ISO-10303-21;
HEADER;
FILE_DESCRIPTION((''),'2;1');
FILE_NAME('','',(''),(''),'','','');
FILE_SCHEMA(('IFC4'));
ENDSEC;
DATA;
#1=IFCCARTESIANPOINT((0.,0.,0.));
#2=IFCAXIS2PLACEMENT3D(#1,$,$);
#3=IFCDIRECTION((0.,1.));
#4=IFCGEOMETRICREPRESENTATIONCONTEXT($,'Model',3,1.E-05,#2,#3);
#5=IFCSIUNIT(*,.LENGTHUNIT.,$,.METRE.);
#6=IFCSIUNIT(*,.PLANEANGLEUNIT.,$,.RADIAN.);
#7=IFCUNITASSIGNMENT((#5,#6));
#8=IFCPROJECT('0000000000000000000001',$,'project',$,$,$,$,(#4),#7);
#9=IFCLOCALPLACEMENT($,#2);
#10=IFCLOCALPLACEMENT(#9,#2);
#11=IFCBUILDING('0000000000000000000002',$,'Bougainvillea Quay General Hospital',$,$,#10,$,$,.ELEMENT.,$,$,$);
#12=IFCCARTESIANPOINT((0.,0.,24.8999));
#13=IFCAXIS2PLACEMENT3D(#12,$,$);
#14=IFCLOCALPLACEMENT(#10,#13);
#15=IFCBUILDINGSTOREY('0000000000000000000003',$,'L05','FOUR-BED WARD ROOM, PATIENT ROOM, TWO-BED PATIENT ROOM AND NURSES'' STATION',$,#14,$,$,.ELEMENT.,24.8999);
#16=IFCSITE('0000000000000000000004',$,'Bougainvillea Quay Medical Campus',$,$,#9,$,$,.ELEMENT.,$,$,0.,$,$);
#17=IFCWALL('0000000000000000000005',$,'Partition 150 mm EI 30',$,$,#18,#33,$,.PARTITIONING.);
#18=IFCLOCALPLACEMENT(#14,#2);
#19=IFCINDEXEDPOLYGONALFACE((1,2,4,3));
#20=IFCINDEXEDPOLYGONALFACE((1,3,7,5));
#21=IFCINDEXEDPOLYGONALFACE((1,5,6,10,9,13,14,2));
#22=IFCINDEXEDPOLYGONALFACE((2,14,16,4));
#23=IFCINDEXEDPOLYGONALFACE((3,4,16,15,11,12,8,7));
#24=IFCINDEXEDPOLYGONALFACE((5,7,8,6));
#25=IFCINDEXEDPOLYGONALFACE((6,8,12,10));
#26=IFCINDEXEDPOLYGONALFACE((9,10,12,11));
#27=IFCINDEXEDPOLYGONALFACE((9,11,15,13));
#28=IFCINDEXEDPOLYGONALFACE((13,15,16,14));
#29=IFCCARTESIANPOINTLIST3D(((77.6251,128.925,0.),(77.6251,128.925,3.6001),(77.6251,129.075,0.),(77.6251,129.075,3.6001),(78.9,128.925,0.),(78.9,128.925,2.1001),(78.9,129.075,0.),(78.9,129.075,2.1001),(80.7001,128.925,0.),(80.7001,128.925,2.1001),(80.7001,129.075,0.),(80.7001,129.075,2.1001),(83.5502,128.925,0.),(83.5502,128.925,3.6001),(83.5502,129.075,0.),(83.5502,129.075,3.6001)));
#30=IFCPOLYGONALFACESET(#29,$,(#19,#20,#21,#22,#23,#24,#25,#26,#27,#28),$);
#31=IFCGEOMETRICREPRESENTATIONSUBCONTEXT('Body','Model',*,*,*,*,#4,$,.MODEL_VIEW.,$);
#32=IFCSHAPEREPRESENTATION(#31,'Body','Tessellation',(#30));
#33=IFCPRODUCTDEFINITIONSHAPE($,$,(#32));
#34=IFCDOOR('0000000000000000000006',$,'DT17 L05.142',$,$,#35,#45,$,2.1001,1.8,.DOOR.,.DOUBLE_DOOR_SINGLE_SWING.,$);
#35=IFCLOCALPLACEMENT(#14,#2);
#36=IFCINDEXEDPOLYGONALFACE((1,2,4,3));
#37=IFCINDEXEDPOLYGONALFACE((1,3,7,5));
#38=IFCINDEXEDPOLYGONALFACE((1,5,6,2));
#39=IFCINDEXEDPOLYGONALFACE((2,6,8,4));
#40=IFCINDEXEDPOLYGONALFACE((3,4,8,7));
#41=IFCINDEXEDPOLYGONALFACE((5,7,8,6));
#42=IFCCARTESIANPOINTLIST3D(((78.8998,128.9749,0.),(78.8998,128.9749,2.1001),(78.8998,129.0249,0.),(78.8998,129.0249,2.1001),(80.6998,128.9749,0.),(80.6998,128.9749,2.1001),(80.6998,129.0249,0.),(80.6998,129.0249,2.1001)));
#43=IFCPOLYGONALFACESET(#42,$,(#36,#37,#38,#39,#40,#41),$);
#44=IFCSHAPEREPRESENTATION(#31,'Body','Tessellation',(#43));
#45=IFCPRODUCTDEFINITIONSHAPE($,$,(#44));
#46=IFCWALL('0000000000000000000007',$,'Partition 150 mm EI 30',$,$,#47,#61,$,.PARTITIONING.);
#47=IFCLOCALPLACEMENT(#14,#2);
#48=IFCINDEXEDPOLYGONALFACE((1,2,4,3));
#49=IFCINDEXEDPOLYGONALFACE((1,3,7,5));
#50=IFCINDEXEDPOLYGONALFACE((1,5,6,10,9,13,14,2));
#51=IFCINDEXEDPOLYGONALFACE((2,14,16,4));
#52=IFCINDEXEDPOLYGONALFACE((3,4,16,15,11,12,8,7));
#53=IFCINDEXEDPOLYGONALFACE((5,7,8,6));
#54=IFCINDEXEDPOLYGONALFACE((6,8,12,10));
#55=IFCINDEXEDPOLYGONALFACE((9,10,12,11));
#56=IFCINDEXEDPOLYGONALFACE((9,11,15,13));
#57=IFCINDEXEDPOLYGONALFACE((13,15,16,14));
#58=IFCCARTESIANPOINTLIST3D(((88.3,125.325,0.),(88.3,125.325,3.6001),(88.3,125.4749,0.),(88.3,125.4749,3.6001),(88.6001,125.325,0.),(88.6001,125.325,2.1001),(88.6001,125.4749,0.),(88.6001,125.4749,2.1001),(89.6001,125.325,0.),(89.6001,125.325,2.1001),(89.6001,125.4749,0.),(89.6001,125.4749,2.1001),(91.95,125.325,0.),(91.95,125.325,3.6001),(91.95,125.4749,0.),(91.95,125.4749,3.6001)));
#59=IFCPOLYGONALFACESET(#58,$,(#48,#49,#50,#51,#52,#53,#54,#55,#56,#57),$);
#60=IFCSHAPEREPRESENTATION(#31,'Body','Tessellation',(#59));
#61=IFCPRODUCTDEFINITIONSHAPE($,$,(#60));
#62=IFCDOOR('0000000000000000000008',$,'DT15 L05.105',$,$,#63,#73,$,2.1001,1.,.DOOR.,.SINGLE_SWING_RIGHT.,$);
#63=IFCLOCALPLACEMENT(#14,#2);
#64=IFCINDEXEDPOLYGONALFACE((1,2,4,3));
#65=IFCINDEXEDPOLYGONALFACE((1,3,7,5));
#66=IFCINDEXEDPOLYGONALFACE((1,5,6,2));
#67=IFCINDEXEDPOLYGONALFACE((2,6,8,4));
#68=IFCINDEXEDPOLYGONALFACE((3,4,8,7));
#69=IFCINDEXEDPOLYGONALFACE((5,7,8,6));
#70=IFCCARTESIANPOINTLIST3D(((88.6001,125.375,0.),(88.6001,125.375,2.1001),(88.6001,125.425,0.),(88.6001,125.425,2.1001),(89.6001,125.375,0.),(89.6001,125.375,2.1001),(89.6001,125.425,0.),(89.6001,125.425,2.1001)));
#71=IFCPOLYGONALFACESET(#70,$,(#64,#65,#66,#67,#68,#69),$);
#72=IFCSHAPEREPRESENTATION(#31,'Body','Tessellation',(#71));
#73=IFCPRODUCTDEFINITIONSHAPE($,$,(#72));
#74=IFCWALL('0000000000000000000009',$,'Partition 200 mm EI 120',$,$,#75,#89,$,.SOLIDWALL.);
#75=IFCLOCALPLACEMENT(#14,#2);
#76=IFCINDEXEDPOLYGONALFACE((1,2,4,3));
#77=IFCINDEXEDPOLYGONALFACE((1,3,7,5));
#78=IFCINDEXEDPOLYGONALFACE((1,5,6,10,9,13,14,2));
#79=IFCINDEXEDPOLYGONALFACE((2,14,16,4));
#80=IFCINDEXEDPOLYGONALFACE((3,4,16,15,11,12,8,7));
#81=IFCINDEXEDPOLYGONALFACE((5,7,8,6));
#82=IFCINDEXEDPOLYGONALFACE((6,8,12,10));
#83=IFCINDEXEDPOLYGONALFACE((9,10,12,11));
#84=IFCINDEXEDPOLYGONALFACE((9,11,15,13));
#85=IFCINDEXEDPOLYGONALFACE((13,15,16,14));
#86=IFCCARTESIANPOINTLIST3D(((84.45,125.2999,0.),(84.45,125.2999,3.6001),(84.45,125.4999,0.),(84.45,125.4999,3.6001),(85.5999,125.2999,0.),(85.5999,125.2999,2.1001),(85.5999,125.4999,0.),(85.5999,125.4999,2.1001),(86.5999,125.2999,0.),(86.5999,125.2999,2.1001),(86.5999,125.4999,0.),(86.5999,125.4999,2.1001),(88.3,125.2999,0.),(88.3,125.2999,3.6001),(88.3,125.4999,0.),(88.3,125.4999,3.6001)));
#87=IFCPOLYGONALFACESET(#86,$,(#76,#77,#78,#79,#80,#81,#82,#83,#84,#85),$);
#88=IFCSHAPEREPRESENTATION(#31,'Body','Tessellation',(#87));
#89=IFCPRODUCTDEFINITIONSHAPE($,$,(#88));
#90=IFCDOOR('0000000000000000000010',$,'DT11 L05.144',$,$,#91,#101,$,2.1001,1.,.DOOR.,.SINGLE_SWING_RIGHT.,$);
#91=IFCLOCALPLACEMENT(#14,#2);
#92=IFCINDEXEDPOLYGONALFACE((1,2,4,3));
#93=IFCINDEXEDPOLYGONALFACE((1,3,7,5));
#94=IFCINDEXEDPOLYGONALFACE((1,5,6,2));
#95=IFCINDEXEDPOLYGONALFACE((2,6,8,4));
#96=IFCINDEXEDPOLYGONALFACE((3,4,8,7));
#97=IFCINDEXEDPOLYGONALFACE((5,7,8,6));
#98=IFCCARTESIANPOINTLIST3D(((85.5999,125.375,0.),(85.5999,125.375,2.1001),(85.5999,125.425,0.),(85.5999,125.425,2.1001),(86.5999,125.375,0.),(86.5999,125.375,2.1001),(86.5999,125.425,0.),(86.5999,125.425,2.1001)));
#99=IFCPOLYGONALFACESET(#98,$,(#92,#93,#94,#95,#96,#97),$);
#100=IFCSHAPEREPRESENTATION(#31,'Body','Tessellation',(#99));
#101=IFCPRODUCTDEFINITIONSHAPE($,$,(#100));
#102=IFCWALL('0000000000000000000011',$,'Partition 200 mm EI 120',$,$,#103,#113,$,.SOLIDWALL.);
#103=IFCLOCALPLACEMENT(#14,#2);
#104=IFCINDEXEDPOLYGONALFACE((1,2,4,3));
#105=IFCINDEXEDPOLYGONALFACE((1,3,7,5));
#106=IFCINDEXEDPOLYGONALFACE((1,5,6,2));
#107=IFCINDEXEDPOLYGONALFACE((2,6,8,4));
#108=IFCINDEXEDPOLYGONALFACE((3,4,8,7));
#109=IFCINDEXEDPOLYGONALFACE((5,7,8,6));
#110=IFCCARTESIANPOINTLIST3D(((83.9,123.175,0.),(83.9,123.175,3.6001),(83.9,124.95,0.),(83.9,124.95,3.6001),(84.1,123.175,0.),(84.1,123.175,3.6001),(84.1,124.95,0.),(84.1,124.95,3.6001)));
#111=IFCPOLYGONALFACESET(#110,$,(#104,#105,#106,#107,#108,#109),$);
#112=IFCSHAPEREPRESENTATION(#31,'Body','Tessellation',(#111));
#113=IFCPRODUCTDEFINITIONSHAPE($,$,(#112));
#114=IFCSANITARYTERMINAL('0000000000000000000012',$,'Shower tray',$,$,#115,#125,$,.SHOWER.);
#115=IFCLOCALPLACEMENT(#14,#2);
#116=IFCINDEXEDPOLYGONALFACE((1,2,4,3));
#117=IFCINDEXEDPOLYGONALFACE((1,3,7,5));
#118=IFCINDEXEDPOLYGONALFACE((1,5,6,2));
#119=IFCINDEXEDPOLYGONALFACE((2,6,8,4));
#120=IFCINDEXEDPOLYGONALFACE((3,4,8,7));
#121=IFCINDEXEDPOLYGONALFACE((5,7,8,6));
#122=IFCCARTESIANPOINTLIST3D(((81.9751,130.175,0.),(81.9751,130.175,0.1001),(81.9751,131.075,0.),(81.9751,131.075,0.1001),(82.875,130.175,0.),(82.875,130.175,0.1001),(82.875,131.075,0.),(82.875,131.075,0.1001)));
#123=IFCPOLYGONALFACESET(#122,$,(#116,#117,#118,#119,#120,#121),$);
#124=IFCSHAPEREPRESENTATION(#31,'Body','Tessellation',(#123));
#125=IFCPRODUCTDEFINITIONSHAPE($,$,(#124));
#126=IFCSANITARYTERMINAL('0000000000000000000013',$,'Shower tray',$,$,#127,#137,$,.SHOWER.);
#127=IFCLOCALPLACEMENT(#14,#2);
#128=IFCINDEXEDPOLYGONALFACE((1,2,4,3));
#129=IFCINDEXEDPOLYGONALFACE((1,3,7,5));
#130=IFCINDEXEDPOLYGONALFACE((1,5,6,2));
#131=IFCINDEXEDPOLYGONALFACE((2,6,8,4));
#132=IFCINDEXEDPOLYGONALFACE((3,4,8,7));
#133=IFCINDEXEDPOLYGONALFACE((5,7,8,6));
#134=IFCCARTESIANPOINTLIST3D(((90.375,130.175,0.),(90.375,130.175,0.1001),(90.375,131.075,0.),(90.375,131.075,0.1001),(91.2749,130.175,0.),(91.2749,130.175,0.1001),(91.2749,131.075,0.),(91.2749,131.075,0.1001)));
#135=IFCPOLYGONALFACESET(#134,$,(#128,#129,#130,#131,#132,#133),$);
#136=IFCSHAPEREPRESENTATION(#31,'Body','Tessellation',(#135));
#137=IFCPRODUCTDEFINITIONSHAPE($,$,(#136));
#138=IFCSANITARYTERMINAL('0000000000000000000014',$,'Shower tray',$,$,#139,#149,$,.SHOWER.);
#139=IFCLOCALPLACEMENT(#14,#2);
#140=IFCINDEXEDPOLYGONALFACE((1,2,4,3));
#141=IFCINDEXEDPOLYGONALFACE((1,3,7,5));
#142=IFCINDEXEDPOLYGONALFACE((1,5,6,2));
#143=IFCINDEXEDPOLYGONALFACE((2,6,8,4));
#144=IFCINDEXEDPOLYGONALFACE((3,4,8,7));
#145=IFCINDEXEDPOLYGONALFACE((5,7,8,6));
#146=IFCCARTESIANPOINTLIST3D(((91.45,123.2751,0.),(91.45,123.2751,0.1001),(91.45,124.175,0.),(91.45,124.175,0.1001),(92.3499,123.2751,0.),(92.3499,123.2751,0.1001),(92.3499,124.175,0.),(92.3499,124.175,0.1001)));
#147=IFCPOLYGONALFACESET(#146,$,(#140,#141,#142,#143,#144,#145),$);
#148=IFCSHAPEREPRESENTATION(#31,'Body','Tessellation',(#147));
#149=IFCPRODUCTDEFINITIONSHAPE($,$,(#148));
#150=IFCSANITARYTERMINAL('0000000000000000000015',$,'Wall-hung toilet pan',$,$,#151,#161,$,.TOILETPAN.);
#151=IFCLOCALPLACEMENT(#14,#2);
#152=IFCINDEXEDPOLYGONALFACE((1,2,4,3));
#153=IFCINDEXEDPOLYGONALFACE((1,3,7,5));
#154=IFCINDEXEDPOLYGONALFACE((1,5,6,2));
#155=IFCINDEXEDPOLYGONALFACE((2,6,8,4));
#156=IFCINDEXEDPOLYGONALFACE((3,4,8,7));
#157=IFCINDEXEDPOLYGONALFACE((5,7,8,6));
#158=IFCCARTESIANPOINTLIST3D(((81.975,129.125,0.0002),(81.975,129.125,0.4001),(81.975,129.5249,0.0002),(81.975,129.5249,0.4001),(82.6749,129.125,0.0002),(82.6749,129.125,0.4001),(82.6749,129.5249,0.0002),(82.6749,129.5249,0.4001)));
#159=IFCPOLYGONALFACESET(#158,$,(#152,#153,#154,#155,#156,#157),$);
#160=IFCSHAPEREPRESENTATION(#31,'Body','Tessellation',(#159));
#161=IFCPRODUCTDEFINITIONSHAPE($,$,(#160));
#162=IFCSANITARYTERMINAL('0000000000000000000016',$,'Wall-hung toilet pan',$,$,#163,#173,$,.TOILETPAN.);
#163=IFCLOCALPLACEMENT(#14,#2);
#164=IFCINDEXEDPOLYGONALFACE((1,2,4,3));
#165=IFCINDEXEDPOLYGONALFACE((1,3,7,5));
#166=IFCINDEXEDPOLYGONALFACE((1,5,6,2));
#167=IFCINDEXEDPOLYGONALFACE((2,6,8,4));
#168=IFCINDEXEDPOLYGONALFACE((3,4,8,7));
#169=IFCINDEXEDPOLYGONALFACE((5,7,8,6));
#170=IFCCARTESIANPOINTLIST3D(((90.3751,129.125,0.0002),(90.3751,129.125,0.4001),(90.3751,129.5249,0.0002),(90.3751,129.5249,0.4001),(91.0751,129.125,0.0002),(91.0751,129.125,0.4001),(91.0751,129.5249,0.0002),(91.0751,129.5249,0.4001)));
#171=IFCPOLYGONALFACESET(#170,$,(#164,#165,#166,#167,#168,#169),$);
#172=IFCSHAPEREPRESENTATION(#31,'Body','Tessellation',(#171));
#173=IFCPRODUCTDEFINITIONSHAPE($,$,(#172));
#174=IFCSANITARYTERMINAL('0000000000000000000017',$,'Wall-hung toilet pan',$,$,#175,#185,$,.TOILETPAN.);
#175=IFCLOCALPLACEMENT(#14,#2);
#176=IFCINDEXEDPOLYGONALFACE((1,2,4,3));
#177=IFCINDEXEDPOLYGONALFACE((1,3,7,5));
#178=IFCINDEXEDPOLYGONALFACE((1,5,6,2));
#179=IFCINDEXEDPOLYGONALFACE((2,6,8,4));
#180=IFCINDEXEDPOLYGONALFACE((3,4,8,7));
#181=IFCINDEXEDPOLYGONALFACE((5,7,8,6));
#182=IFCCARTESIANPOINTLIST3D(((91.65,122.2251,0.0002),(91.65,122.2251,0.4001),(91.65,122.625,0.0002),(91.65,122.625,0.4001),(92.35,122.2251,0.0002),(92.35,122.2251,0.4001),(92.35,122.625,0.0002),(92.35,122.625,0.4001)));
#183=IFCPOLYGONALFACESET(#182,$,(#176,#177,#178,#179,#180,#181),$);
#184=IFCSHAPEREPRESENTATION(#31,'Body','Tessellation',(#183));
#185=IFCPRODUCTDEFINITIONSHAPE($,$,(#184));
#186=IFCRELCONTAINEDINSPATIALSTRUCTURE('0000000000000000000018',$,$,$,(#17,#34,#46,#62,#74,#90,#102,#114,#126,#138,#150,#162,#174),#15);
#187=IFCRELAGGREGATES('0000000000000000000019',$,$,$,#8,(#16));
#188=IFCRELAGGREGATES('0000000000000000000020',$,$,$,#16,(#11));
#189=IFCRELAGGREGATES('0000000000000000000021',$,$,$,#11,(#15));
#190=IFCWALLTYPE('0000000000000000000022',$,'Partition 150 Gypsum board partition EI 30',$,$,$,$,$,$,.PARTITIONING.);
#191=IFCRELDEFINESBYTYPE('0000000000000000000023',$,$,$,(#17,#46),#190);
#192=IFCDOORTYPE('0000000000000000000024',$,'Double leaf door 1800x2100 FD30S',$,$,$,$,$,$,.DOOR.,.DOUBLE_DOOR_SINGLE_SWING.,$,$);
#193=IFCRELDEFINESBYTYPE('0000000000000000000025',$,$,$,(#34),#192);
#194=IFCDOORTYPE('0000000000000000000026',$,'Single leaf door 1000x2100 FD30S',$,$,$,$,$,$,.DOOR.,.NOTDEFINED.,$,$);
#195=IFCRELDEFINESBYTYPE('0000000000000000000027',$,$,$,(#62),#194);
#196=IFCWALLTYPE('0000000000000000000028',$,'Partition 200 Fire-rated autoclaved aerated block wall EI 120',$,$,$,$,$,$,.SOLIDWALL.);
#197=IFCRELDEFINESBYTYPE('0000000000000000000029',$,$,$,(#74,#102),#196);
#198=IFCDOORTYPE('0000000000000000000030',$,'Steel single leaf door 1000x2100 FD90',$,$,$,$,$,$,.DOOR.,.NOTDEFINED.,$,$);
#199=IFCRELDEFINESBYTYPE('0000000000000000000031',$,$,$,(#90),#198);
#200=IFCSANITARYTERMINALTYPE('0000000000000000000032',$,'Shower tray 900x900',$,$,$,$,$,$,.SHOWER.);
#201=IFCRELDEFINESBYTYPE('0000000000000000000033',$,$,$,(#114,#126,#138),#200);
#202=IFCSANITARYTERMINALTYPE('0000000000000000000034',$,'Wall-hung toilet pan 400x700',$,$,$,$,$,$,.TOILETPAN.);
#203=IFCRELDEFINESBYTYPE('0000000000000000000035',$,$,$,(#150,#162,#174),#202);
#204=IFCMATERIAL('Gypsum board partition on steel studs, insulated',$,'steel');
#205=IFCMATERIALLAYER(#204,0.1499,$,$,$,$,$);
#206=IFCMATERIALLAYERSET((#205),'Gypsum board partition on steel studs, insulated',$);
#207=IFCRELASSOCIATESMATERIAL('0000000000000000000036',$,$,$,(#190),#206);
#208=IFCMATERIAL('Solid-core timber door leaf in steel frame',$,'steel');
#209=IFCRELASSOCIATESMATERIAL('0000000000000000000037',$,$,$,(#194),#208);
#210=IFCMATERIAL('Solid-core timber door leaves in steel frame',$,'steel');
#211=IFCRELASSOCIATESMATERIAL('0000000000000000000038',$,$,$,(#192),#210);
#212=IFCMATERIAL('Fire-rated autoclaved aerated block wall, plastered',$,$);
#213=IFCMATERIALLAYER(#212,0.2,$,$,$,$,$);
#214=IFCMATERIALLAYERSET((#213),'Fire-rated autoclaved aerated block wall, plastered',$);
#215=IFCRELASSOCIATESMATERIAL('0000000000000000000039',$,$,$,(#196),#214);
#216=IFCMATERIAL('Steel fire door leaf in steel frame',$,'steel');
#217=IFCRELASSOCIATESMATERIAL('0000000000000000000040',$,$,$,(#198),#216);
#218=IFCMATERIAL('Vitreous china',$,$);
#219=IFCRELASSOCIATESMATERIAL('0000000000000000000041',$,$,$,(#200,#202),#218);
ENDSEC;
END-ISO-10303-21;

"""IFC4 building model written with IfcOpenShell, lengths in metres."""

from ifc_helpers import new_model, si_unit, direction, frame, frame_2d, origin, origin_2d, place, context, subcontext, project, spatial, rectangle, extrude, material, layer, layer_set, type_object, element, fill, save


model = new_model("IFC4")

# Units and contexts
model_context = context("Model", 3, precision=1e-05, world=origin(), true_north=direction((0.0, 1.0)))
body_context = subcontext(model_context, "Body", "Model", "MODEL_VIEW")
ifc_project = project(units=[si_unit("LENGTHUNIT", "METRE"), si_unit("PLANEANGLEUNIT", "RADIAN")], contexts=[model_context])

# Site, building, storey
site_placement = place(None, origin())
site = spatial("IfcSite", under=ifc_project, at=site_placement, Name="Bougainvillea Quay Medical Campus", CompositionType="ELEMENT", RefElevation=0.0)
building_placement = place(site_placement, origin())
building = spatial("IfcBuilding", under=site, at=building_placement, Name="Bougainvillea Quay General Hospital", CompositionType="ELEMENT")
storey_placement = place(building_placement, frame((0.0, 0.0, 24.8999)))
storey = spatial("IfcBuildingStorey", under=building, at=storey_placement, Name="L05", Description="FOUR-BED WARD ROOM, PATIENT ROOM, TWO-BED PATIENT ROOM AND NURSES' STATION", CompositionType="ELEMENT", Elevation=24.8999)

# Shared definitions
ifc_material_1 = material(Name="Gypsum board partition on steel studs, insulated", Category="steel")

# Shared definitions
ifc_material_2 = material(Name="Solid-core timber door leaf in steel frame", Category="steel")

# Walls, openings, doors
ifc_layer_1 = layer(ifc_material_1, 0.1499)
ifc_layer_set_1 = layer_set([ifc_layer_1], Name="Gypsum board partition on steel studs, insulated")
wall_type_1 = type_object("IfcWallType", Name="Partition 150 Gypsum board partition EI 30", PredefinedType="PARTITIONING", material=ifc_layer_set_1)
door_type_1 = type_object("IfcDoorType", Name="Single leaf door 1000x2100 FD30S", OperationType="NOTDEFINED", PredefinedType="DOOR", material=ifc_material_2)
wall_1_placement = place(storey_placement, frame((83.55, 129.0, 0.0), z_axis=(0.0, 0.0, 1.0), x_axis=(-1.0, 0.0, 0.0)))
wall_1 = element("IfcWall", 1, at=wall_1_placement, inside=storey, type_object=wall_type_1, Name="Partition 150 mm EI 30", PredefinedType="PARTITIONING", context=body_context, shape_type="SweptSolid", body=[
    extrude(rectangle(XDim=5.925, YDim=0.1499, at=frame_2d((2.9624, 0.0))), origin(), (0.0, 0.0, 1.0), 3.6001),
])
opening_1_placement = place(wall_1_placement, frame((2.8501, 0.0, 0.0)))
opening_1 = element("IfcOpeningElement", 2, at=opening_1_placement, cuts=wall_1, PredefinedType="OPENING", context=body_context, shape_type="SweptSolid", body=[
    extrude(rectangle(XDim=1.8, YDim=2.1001, at=frame_2d((0.8999, 1.05))), frame((0.0, 0.085, 0.0), z_axis=(0.0, -1.0, 0.0), x_axis=(1.0, 0.0, 0.0)), (0.0, 0.0, 1.0), 0.1699),
])
ifc_material_3 = material(Name="Solid-core timber door leaves in steel frame", Category="steel")
door_type_2 = type_object("IfcDoorType", Name="Double leaf door 1800x2100 FD30S", OperationType="DOUBLE_DOOR_SINGLE_SWING", PredefinedType="DOOR", material=ifc_material_3)
door_1_placement = place(opening_1_placement, frame((1.8, 0.0, 0.0), z_axis=(0.0, 0.0, 1.0), x_axis=(-1.0, 0.0, 0.0)))
door_1 = element("IfcDoor", 3, at=door_1_placement, inside=storey, type_object=door_type_2, Name="DT17 L05.142", OperationType="DOUBLE_DOOR_SINGLE_SWING", OverallHeight=2.1001, OverallWidth=1.8, PredefinedType="DOOR", context=body_context, shape_type="SweptSolid", body=[
    extrude(rectangle(XDim=1.8, YDim=2.1001, at=frame_2d((0.8999, 1.05))), frame((0.0, 0.0249, 0.0), z_axis=(0.0, -1.0, 0.0), x_axis=(1.0, 0.0, 0.0)), (0.0, 0.0, 1.0), 0.05),
])
fill(opening_1, door_1)
wall_2_placement = place(storey_placement, frame((88.3, 125.3999, 0.0), z_axis=(0.0, 0.0, 1.0), x_axis=(1.0, 0.0, 0.0)))
wall_2 = element("IfcWall", 4, at=wall_2_placement, inside=storey, type_object=wall_type_1, Name="Partition 150 mm EI 30", PredefinedType="PARTITIONING", context=body_context, shape_type="SweptSolid", body=[
    extrude(rectangle(XDim=3.6499, YDim=0.1499, at=frame_2d((1.825, 0.0))), origin(), (0.0, 0.0, 1.0), 3.6001),
])
opening_2_placement = place(wall_2_placement, frame((0.3, 0.0, 0.0)))
opening_2 = element("IfcOpeningElement", 5, at=opening_2_placement, cuts=wall_2, PredefinedType="OPENING", context=body_context, shape_type="SweptSolid", body=[
    extrude(rectangle(XDim=1.0, YDim=2.1001, at=frame_2d((0.5, 1.05))), frame((0.0, 0.085, 0.0), z_axis=(0.0, -1.0, 0.0), x_axis=(1.0, 0.0, 0.0)), (0.0, 0.0, 1.0), 0.1699),
])
door_2_placement = place(opening_2_placement, frame((1.0, 0.0, 0.0), z_axis=(0.0, 0.0, 1.0), x_axis=(-1.0, 0.0, 0.0)))
door_2 = element("IfcDoor", 6, at=door_2_placement, inside=storey, type_object=door_type_1, Name="DT15 L05.105", OperationType="SINGLE_SWING_RIGHT", OverallHeight=2.1001, OverallWidth=1.0, PredefinedType="DOOR", context=body_context, shape_type="SweptSolid", body=[
    extrude(rectangle(XDim=1.0, YDim=2.1001, at=frame_2d((0.5, 1.05))), frame((0.0, 0.0249, 0.0), z_axis=(0.0, -1.0, 0.0), x_axis=(1.0, 0.0, 0.0)), (0.0, 0.0, 1.0), 0.05),
])
fill(opening_2, door_2)
ifc_material_4 = material(Name="Fire-rated autoclaved aerated block wall, plastered")
ifc_layer_2 = layer(ifc_material_4, 0.2)
ifc_layer_set_2 = layer_set([ifc_layer_2], Name="Fire-rated autoclaved aerated block wall, plastered")
wall_type_2 = type_object("IfcWallType", Name="Partition 200 Fire-rated autoclaved aerated block wall EI 120", PredefinedType="SOLIDWALL", material=ifc_layer_set_2)
wall_3_placement = place(storey_placement, frame((84.45, 125.3999, 0.0), z_axis=(0.0, 0.0, 1.0), x_axis=(1.0, 0.0, 0.0)))
wall_3 = element("IfcWall", 7, at=wall_3_placement, inside=storey, type_object=wall_type_2, Name="Partition 200 mm EI 120", PredefinedType="SOLIDWALL", context=body_context, shape_type="SweptSolid", body=[
    extrude(rectangle(XDim=3.8501, YDim=0.2, at=frame_2d((1.925, 0.0))), origin(), (0.0, 0.0, 1.0), 3.6001),
])
opening_3_placement = place(wall_3_placement, frame((1.1499, 0.0, 0.0)))
opening_3 = element("IfcOpeningElement", 8, at=opening_3_placement, cuts=wall_3, PredefinedType="OPENING", context=body_context, shape_type="SweptSolid", body=[
    extrude(rectangle(XDim=1.0, YDim=2.1001, at=frame_2d((0.5, 1.05))), frame((0.0, 0.1099, 0.0), z_axis=(0.0, -1.0, 0.0), x_axis=(1.0, 0.0, 0.0)), (0.0, 0.0, 1.0), 0.22),
])
ifc_material_5 = material(Name="Steel fire door leaf in steel frame", Category="steel")
door_type_3 = type_object("IfcDoorType", Name="Steel single leaf door 1000x2100 FD90", OperationType="NOTDEFINED", PredefinedType="DOOR", material=ifc_material_5)
door_3_placement = place(opening_3_placement, frame((1.0, 0.0, 0.0), z_axis=(0.0, 0.0, 1.0), x_axis=(-1.0, 0.0, 0.0)))
door_3 = element("IfcDoor", 9, at=door_3_placement, inside=storey, type_object=door_type_3, Name="DT11 L05.144", OperationType="SINGLE_SWING_RIGHT", OverallHeight=2.1001, OverallWidth=1.0, PredefinedType="DOOR", context=body_context, shape_type="SweptSolid", body=[
    extrude(rectangle(XDim=1.0, YDim=2.1001, at=frame_2d((0.5, 1.05))), frame((0.0, 0.0249, 0.0), z_axis=(0.0, -1.0, 0.0), x_axis=(1.0, 0.0, 0.0)), (0.0, 0.0, 1.0), 0.05),
])
fill(opening_3, door_3)

# Wall
wall_4_placement = place(storey_placement, frame((84.0, 123.175, 0.0), z_axis=(0.0, 0.0, 1.0), x_axis=(0.0, 1.0, 0.0)))
element("IfcWall", 10, at=wall_4_placement, inside=storey, type_object=wall_type_2, Name="Partition 200 mm EI 120", PredefinedType="SOLIDWALL", context=body_context, shape_type="SweptSolid", body=[
    extrude(rectangle(XDim=1.7749, YDim=0.2, at=frame_2d((0.8875, 0.0))), origin(), (0.0, 0.0, 1.0), 3.6001),
])

# Sanitary terminals
ifc_material_6 = material(Name="Vitreous china")
sanitary_terminal_type_1 = type_object("IfcSanitaryTerminalType", Name="Shower tray 900x900", PredefinedType="SHOWER", material=ifc_material_6)
for number, where, z_axis, x_axis, name in (
    (11, (82.425, 130.625, 0.0), (0.0, 0.0, 1.0), (0.0, 1.0, 0.0), "Shower tray"),
    (12, (90.825, 130.625, 0.0), (0.0, 0.0, 1.0), (0.0, 1.0, 0.0), "Shower tray"),
    (13, (91.8999, 123.7251, 0.0), (0.0, 0.0, 1.0), (0.0, -1.0, 0.0), "Shower tray"),
):
    element("IfcSanitaryTerminal", number, at=place(storey_placement, frame(where, z_axis=z_axis, x_axis=x_axis)), inside=storey, type_object=sanitary_terminal_type_1, Name=name, PredefinedType="SHOWER", context=body_context, shape_type="SweptSolid", body=[
        extrude(rectangle(XDim=0.8999, YDim=0.8999, at=origin_2d()), origin(), (0.0, 0.0, 1.0), 0.1001),
    ])
sanitary_terminal_type_2 = type_object("IfcSanitaryTerminalType", Name="Wall-hung toilet pan 400x700", PredefinedType="TOILETPAN", material=ifc_material_6)
for number, where, z_axis, x_axis, name in (
    (14, (82.325, 129.325, 0.0002), (0.0, 0.0, 1.0), (0.0, 1.0, 0.0), "Wall-hung toilet pan"),
    (15, (90.7251, 129.325, 0.0002), (0.0, 0.0, 1.0), (0.0, 1.0, 0.0), "Wall-hung toilet pan"),
    (16, (92.0, 122.425, 0.0002), (0.0, 0.0, 1.0), (0.0, -1.0, 0.0), "Wall-hung toilet pan"),
):
    element("IfcSanitaryTerminal", number, at=place(storey_placement, frame(where, z_axis=z_axis, x_axis=x_axis)), inside=storey, type_object=sanitary_terminal_type_2, Name=name, PredefinedType="TOILETPAN", context=body_context, shape_type="SweptSolid", body=[
        extrude(rectangle(XDim=0.3999, YDim=0.7, at=origin_2d()), origin(), (0.0, 0.0, 1.0), 0.3999),
    ])

save(model, "model.ifc")
